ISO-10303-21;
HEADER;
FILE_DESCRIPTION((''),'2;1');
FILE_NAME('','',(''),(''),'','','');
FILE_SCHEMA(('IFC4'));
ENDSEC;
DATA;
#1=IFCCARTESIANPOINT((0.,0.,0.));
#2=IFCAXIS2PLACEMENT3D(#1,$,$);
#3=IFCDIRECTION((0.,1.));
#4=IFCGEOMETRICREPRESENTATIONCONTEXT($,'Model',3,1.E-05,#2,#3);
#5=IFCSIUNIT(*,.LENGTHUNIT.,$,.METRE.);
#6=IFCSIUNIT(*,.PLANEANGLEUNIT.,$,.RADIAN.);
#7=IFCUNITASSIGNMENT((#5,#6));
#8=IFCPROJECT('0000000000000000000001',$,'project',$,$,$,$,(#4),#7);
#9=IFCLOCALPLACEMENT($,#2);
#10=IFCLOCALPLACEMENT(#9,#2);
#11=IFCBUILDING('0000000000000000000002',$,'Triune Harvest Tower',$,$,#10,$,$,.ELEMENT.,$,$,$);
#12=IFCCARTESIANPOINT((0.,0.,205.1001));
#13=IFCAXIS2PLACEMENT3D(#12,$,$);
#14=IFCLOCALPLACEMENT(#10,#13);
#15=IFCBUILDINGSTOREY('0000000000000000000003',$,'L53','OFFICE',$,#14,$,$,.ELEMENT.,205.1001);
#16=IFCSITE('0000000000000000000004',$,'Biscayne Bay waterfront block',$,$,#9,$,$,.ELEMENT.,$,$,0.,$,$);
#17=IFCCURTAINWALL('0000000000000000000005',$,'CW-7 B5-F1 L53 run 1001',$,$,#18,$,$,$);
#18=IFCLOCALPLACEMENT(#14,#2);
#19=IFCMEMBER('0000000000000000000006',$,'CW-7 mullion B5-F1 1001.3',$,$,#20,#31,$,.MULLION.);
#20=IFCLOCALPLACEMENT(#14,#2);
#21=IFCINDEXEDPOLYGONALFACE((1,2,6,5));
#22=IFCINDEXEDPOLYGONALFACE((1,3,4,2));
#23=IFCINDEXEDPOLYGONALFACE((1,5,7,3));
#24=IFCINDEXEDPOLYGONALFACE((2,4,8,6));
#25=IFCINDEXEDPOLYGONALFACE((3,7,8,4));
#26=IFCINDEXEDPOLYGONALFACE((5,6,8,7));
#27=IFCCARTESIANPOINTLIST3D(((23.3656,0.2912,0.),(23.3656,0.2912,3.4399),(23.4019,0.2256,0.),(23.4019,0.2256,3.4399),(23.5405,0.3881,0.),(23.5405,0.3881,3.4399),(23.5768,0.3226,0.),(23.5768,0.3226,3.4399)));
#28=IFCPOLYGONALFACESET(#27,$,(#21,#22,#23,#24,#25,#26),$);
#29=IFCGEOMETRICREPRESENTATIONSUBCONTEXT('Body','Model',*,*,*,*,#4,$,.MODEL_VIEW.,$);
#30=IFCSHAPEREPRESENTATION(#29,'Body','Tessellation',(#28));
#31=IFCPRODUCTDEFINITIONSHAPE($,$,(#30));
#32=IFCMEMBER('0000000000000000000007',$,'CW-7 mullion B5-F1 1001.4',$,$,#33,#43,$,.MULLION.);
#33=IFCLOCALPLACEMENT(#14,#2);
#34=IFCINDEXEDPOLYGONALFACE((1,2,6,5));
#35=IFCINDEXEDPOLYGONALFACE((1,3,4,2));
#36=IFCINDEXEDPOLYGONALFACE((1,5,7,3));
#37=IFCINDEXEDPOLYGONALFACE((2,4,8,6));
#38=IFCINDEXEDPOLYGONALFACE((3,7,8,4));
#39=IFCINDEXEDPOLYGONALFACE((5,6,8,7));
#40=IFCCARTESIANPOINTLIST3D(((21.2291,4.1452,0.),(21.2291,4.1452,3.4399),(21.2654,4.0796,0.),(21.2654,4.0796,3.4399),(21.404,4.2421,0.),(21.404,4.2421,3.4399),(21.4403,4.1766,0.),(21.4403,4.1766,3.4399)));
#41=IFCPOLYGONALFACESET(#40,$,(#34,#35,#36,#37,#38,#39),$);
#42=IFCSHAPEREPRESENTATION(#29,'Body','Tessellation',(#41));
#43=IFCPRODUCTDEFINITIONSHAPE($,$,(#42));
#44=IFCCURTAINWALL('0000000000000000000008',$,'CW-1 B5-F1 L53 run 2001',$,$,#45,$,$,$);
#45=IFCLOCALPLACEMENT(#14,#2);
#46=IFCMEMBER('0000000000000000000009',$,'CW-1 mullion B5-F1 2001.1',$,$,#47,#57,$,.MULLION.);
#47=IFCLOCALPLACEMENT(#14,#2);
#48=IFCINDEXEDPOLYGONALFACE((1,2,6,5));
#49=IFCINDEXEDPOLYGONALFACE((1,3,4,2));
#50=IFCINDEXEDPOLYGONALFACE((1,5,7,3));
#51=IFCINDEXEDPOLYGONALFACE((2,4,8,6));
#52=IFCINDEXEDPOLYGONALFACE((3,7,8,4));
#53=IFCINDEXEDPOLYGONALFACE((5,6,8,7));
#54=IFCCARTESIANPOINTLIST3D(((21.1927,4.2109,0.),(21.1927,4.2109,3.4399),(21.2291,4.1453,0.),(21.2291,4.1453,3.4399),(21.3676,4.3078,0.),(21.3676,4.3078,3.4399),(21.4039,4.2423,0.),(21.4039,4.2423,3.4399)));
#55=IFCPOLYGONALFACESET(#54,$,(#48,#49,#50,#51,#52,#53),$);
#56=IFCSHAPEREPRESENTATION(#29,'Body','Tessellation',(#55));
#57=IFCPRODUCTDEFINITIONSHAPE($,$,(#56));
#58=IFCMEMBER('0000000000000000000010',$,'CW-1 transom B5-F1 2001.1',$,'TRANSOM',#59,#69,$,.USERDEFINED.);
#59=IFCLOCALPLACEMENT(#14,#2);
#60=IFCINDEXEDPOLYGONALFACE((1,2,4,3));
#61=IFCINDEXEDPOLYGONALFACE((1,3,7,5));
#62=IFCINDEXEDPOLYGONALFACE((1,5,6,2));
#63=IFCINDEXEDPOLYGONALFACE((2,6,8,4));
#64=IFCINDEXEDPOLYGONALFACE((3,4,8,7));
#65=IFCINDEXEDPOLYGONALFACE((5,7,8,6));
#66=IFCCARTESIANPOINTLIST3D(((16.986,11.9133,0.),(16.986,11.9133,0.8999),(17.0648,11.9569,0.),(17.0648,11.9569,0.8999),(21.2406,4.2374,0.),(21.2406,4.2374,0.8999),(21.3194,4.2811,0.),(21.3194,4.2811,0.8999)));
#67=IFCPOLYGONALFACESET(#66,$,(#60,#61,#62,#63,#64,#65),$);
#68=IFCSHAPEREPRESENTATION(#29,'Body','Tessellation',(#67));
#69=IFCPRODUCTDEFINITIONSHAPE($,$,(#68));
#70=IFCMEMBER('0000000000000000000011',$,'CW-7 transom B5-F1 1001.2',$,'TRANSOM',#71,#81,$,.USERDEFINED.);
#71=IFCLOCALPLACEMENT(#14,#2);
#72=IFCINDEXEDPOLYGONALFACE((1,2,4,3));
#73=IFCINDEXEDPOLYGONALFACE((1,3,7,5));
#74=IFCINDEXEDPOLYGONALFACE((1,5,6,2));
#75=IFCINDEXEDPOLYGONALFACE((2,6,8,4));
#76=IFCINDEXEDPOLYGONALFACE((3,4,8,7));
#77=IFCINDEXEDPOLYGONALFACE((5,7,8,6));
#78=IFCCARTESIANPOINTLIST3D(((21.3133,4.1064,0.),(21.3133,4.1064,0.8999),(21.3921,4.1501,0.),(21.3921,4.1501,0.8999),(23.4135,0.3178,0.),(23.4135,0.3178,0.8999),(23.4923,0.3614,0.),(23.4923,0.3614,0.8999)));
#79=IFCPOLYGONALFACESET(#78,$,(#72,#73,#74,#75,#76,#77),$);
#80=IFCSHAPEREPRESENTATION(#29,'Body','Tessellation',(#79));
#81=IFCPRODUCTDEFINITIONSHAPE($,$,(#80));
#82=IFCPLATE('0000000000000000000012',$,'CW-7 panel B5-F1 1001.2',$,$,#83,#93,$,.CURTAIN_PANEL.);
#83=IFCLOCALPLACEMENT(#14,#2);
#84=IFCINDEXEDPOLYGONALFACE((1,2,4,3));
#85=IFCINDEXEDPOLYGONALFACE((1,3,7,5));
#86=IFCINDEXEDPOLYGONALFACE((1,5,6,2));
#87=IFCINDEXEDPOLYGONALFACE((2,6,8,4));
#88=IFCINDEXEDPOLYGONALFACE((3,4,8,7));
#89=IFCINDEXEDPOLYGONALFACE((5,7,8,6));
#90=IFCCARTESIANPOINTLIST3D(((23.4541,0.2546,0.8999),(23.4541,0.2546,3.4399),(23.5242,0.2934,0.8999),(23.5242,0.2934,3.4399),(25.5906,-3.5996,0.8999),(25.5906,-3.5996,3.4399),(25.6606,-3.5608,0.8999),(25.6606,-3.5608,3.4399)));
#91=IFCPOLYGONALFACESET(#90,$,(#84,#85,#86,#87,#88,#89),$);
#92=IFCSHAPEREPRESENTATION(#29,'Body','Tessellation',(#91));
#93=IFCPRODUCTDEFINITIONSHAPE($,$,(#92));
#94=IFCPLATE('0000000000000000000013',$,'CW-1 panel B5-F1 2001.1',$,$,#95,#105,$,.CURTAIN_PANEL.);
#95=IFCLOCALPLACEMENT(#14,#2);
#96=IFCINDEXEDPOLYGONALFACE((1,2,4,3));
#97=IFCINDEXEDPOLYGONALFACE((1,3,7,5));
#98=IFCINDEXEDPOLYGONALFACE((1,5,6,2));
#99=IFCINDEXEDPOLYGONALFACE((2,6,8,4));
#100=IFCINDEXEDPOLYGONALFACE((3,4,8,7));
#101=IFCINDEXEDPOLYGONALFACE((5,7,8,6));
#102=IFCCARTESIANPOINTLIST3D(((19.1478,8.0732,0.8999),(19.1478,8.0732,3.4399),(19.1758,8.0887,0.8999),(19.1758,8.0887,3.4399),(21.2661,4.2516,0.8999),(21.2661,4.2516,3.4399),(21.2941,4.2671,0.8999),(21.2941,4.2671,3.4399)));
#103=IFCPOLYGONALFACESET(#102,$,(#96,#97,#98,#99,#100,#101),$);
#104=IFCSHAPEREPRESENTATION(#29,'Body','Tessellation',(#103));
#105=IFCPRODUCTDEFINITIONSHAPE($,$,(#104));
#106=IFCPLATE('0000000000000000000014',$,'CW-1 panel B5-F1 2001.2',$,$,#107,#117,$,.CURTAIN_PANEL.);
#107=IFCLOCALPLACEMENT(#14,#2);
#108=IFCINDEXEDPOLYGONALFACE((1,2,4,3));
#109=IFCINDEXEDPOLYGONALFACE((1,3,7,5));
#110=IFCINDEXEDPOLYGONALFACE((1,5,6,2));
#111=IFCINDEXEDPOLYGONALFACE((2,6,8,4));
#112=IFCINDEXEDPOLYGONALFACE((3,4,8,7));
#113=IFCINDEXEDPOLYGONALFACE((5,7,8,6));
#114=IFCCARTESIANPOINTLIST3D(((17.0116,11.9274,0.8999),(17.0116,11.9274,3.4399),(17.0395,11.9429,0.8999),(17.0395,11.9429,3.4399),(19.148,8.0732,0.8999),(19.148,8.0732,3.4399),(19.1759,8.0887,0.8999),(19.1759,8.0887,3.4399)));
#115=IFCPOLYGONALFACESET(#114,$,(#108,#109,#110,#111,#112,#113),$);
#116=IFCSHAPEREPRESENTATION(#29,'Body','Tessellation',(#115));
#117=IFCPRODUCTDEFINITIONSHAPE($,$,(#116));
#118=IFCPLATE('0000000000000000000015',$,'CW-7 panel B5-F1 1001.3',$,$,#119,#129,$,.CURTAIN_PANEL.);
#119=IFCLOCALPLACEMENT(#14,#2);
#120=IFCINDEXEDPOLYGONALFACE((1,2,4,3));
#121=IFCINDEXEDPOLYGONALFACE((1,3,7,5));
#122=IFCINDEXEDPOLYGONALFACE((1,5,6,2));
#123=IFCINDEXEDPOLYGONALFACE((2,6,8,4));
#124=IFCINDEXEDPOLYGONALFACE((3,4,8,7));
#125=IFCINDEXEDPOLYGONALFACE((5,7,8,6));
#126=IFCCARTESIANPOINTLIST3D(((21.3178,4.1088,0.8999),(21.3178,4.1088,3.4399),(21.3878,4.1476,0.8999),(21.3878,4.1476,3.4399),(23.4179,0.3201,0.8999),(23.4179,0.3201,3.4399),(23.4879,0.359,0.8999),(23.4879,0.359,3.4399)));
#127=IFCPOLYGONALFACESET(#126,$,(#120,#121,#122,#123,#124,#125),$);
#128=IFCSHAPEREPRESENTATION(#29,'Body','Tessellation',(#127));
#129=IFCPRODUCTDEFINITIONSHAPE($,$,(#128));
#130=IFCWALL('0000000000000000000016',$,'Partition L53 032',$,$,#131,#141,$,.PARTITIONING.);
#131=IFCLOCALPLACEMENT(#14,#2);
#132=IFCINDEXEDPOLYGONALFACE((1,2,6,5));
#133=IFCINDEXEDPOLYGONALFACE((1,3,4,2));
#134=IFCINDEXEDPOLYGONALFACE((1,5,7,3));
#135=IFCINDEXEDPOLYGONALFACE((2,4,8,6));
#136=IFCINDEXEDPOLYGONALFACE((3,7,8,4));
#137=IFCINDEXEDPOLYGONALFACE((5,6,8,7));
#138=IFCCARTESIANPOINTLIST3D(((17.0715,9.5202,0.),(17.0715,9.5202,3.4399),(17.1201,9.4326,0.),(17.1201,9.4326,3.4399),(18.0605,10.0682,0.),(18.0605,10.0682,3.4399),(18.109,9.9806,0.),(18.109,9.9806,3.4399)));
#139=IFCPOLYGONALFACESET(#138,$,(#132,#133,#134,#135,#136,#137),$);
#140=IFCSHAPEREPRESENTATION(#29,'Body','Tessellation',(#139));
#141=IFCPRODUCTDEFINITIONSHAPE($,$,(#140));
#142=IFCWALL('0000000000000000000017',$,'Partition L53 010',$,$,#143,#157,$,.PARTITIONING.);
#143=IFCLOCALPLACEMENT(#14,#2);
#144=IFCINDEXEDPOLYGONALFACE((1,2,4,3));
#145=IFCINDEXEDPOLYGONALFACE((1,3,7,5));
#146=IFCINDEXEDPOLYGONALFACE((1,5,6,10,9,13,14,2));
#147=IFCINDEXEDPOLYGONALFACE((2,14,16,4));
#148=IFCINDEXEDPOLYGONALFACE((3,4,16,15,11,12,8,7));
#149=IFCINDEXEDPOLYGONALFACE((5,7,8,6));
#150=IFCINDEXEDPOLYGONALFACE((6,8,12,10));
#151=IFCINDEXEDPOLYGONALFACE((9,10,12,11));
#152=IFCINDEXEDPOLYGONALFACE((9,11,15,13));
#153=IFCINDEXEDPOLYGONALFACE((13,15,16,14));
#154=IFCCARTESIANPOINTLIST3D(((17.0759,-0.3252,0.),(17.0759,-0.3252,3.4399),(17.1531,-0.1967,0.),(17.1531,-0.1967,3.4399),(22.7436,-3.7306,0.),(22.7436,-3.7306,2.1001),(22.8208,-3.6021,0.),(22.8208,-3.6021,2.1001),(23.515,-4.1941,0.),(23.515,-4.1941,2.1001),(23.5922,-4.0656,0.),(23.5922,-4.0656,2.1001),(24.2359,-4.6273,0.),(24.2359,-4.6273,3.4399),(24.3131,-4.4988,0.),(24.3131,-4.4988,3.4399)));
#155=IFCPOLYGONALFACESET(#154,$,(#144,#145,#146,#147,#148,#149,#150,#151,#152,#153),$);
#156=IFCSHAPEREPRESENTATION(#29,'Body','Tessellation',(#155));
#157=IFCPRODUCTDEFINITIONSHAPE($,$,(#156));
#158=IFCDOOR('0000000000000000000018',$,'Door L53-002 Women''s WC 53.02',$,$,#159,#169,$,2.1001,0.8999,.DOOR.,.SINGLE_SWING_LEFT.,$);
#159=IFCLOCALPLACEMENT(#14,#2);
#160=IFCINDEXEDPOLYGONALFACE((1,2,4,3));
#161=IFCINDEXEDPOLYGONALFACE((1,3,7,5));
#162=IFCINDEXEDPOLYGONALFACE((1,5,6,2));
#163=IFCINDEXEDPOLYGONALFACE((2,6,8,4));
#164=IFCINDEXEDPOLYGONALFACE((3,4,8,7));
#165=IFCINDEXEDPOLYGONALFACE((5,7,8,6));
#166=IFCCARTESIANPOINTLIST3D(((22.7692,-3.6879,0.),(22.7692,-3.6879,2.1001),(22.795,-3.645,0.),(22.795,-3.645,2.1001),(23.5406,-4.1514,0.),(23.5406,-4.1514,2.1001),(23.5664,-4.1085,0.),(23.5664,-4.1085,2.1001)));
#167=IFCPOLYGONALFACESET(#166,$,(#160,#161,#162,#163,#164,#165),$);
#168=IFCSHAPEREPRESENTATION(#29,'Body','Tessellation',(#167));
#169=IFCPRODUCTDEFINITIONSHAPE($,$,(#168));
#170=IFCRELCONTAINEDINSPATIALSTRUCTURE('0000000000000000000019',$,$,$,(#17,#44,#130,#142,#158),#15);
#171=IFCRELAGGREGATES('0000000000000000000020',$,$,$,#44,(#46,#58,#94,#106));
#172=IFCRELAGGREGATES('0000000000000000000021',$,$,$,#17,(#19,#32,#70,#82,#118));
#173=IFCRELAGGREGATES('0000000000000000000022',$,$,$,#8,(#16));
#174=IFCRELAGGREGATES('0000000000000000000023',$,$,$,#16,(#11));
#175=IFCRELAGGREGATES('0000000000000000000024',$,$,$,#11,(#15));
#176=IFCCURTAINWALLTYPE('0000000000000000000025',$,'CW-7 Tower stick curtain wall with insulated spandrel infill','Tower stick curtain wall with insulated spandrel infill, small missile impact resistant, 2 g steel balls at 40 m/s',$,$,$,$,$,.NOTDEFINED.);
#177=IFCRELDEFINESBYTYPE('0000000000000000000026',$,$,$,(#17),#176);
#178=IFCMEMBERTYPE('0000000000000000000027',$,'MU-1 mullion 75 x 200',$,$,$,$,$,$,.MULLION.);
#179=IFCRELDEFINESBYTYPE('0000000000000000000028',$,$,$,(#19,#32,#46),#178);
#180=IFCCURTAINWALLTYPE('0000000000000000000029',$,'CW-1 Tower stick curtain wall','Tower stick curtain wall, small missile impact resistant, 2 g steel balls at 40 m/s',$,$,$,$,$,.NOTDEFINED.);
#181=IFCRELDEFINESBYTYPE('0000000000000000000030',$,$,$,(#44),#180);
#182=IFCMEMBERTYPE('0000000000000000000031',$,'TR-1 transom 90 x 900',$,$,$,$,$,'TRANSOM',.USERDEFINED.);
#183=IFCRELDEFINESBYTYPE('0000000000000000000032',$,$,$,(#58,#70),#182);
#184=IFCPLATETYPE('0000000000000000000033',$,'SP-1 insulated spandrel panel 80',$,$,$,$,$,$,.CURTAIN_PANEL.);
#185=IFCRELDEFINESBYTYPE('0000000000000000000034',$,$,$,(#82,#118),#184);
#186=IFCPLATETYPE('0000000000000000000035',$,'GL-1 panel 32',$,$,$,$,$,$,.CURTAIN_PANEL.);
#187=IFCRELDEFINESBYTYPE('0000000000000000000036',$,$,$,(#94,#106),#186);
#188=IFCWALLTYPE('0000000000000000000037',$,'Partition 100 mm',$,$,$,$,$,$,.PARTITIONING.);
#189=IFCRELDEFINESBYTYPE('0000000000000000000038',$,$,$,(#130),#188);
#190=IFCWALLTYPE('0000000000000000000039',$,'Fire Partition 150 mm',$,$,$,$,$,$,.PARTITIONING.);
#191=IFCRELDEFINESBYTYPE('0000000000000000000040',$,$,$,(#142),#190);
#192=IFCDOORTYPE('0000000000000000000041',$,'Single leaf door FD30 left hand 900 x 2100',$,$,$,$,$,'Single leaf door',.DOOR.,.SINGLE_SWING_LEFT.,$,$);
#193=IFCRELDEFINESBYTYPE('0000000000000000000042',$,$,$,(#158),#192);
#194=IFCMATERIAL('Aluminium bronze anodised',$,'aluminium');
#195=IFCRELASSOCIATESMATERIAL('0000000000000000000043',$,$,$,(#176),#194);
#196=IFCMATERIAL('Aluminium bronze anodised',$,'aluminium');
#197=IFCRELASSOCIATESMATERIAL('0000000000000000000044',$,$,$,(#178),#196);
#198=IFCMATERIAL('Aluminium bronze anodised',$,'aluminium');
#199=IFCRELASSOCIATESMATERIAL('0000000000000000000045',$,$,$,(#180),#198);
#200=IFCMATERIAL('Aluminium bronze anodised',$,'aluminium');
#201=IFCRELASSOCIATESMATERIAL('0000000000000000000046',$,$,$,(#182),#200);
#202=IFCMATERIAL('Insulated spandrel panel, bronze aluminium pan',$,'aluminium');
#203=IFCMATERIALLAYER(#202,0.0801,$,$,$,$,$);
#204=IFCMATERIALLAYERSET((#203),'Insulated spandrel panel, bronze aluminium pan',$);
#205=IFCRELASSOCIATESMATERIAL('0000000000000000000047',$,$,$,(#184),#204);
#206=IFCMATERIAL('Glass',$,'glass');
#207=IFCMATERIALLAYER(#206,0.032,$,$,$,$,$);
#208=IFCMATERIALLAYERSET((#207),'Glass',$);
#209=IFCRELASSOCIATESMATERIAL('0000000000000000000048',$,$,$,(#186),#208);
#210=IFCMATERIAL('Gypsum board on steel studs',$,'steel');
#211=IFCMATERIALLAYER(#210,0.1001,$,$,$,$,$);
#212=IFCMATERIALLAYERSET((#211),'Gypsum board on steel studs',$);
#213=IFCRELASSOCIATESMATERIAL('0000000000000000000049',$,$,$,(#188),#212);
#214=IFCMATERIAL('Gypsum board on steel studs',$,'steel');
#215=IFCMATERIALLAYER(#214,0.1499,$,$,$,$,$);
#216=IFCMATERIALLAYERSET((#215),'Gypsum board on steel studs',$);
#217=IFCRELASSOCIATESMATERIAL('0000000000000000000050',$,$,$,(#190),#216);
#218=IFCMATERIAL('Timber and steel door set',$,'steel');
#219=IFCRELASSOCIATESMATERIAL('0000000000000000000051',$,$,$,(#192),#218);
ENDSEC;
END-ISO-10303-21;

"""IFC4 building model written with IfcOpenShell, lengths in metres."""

from ifc_helpers import new_model, si_unit, direction, frame, frame_2d, origin, origin_2d, place, context, subcontext, project, spatial, rectangle, extrude, source, transform, mapped, material, layer, layer_set, material_profile, profile_set, type_object, element, fill, aggregate, save


model = new_model("IFC4")

# Units and contexts
model_context = context("Model", 3, precision=1e-05, world=origin(), true_north=direction((0.0, 1.0)))
body_context = subcontext(model_context, "Body", "Model", "MODEL_VIEW")
ifc_project = project(units=[si_unit("LENGTHUNIT", "METRE"), si_unit("PLANEANGLEUNIT", "RADIAN")], contexts=[model_context])

# Site, building, storey
site_placement = place(None, origin())
site = spatial("IfcSite", under=ifc_project, at=site_placement, Name="Biscayne Bay waterfront block", CompositionType="ELEMENT", RefElevation=0.0)
building_placement = place(site_placement, origin())
building = spatial("IfcBuilding", under=site, at=building_placement, Name="Triune Harvest Tower", CompositionType="ELEMENT")
storey_placement = place(building_placement, frame((0.0, 0.0, 205.1001)))
storey = spatial("IfcBuildingStorey", under=building, at=storey_placement, Name="L53", Description="OFFICE", CompositionType="ELEMENT", Elevation=205.1001)

# Curtain walls, members
ifc_material_1 = material(Name="Aluminium bronze anodised", Category="aluminium")
curtain_wall_type_1 = type_object("IfcCurtainWallType", Name="CW-7 Tower stick curtain wall with insulated spandrel infill", Description="Tower stick curtain wall with insulated spandrel infill, small missile impact resistant, 2 g steel balls at 40 m/s", PredefinedType="NOTDEFINED", material=ifc_material_1)
curtain_wall_1_placement = place(storey_placement, origin())
curtain_wall_1 = element("IfcCurtainWall", 1, at=curtain_wall_1_placement, inside=storey, type_object=curtain_wall_type_1, Name="CW-7 B5-F1 L53 run 1001")
ifc_material_2 = material(Name="Aluminium bronze anodised", Category="aluminium")
ifc_material_profile_1 = material_profile(ifc_material_2, rectangle(XDim=0.2, YDim=0.075, at=origin_2d()), Name="MU-1 mullion 75 x 200")
ifc_profile_set_1 = profile_set([ifc_material_profile_1], Name="Aluminium bronze anodised")
member_type_1 = type_object("IfcMemberType", Name="MU-1 mullion 75 x 200", PredefinedType="MULLION", material=ifc_profile_set_1)
shared_shape_1 = source(origin(), body_context, "Body", "SweptSolid", [
    extrude(rectangle(XDim=0.2, YDim=0.075, at=origin_2d()), origin(), (0.0, 0.0, 1.0), 3.4399),
])
member_1_placement = place(storey_placement, frame((23.4712, 0.3069, 0.0), z_axis=(0.0, 0.0, 1.0), x_axis=(-0.874621, -0.484807, 0.0)))
member_1 = element("IfcMember", 2, at=member_1_placement, type_object=member_type_1, Name="CW-7 mullion B5-F1 1001.3", PredefinedType="MULLION", context=body_context, shape_type="MappedRepresentation", body=[
    mapped(shared_shape_1, transform((0.0, 0.0, 0.0), scale=1.0)),
])
member_2_placement = place(storey_placement, frame((21.3347, 4.1609, 0.0), z_axis=(0.0, 0.0, 1.0), x_axis=(-0.874621, -0.484807, 0.0)))
member_2 = element("IfcMember", 3, at=member_2_placement, type_object=member_type_1, Name="CW-7 mullion B5-F1 1001.4", PredefinedType="MULLION", context=body_context, shape_type="MappedRepresentation", body=[
    mapped(shared_shape_1, transform((0.0, 0.0, 0.0), scale=1.0)),
])
ifc_material_3 = material(Name="Aluminium bronze anodised", Category="aluminium")
curtain_wall_type_2 = type_object("IfcCurtainWallType", Name="CW-1 Tower stick curtain wall", Description="Tower stick curtain wall, small missile impact resistant, 2 g steel balls at 40 m/s", PredefinedType="NOTDEFINED", material=ifc_material_3)
curtain_wall_2_placement = place(storey_placement, origin())
curtain_wall_2 = element("IfcCurtainWall", 4, at=curtain_wall_2_placement, inside=storey, type_object=curtain_wall_type_2, Name="CW-1 B5-F1 L53 run 2001")
member_3_placement = place(storey_placement, frame((21.2983, 4.2266, 0.0), z_axis=(0.0, 0.0, 1.0), x_axis=(-0.87462, -0.484809, 0.0)))
member_3 = element("IfcMember", 5, at=member_3_placement, type_object=member_type_1, Name="CW-1 mullion B5-F1 2001.1", PredefinedType="MULLION", context=body_context, shape_type="MappedRepresentation", body=[
    mapped(shared_shape_1, transform((0.0, 0.0, 0.0), scale=1.0)),
])
ifc_material_4 = material(Name="Aluminium bronze anodised", Category="aluminium")
ifc_material_profile_2 = material_profile(ifc_material_4, rectangle(XDim=0.0901, YDim=0.8999, at=origin_2d()), Name="TR-1 transom 90 x 900")
ifc_profile_set_2 = profile_set([ifc_material_profile_2], Name="Aluminium bronze anodised")
member_type_2 = type_object("IfcMemberType", Name="TR-1 transom 90 x 900", ElementType="TRANSOM", PredefinedType="USERDEFINED", material=ifc_profile_set_2)
shared_shape_2 = source(origin(), body_context, "Body", "SweptSolid", [
    extrude(rectangle(XDim=0.0901, YDim=0.8999, at=origin_2d()), origin(), (0.0, 0.0, 1.0), 8.7761),
])
member_4_placement = place(storey_placement, frame((21.28, 4.2593, 0.45), z_axis=(-0.484799, 0.874625, 0.0), x_axis=(-0.874625, -0.484799, 0.0)))
member_4 = element("IfcMember", 6, at=member_4_placement, type_object=member_type_2, Name="CW-1 transom B5-F1 2001.1", ObjectType="TRANSOM", PredefinedType="USERDEFINED", context=body_context, shape_type="MappedRepresentation", body=[
    mapped(shared_shape_2, transform((0.0, 0.0, 0.0), scale=1.0)),
])

# Member
shared_shape_3 = source(origin(), body_context, "Body", "SweptSolid", [
    extrude(rectangle(XDim=0.0901, YDim=0.8999, at=origin_2d()), origin(), (0.0, 0.0, 1.0), 4.3318),
])
member_5_placement = place(storey_placement, frame((23.4529, 0.3396, 0.45), z_axis=(-0.48482, 0.874614, 0.0), x_axis=(-0.874614, -0.48482, 0.0)))
member_5 = element("IfcMember", 7, at=member_5_placement, type_object=member_type_2, Name="CW-7 transom B5-F1 1001.2", ObjectType="TRANSOM", PredefinedType="USERDEFINED", context=body_context, shape_type="MappedRepresentation", body=[
    mapped(shared_shape_3, transform((0.0, 0.0, 0.0), scale=1.0)),
])

# Plates
ifc_material_5 = material(Name="Insulated spandrel panel, bronze aluminium pan", Category="aluminium")
ifc_layer_1 = layer(ifc_material_5, 0.0801)
ifc_layer_set_1 = layer_set([ifc_layer_1], Name="Insulated spandrel panel, bronze aluminium pan")
plate_type_1 = type_object("IfcPlateType", Name="SP-1 insulated spandrel panel 80", PredefinedType="CURTAIN_PANEL", material=ifc_layer_set_1)
shared_shape_4 = source(origin(), body_context, "Body", "SweptSolid", [
    extrude(rectangle(XDim=4.4067, YDim=0.0801, at=origin_2d()), origin(), (0.0, 0.0, 1.0), 2.54),
])
plate_1_placement = place(storey_placement, frame((24.5574, -1.6531, 0.8999), z_axis=(0.0, 0.0, 1.0), x_axis=(-0.484807, 0.874621, 0.0)))
plate_1 = element("IfcPlate", 8, at=plate_1_placement, type_object=plate_type_1, Name="CW-7 panel B5-F1 1001.2", PredefinedType="CURTAIN_PANEL", context=body_context, shape_type="MappedRepresentation", body=[
    mapped(shared_shape_4, transform((0.0, 0.0, 0.0), scale=1.0)),
])
ifc_material_6 = material(Name="Glass", Category="glass")
ifc_layer_2 = layer(ifc_material_6, 0.032)
ifc_layer_set_2 = layer_set([ifc_layer_2], Name="Glass")
plate_type_2 = type_object("IfcPlateType", Name="GL-1 panel 32", PredefinedType="CURTAIN_PANEL", material=ifc_layer_set_2)
shared_shape_5 = source(origin(), body_context, "Body", "SweptSolid", [
    extrude(rectangle(XDim=4.3694, YDim=0.032, at=origin_2d()), origin(), (0.0, 0.0, 1.0), 2.54),
])
plate_2_placement = place(storey_placement, frame((20.2209, 6.1702, 0.8999), z_axis=(0.0, 0.0, 1.0), x_axis=(-0.484809, 0.87462, 0.0)))
plate_2 = element("IfcPlate", 9, at=plate_2_placement, type_object=plate_type_2, Name="CW-1 panel B5-F1 2001.1", PredefinedType="CURTAIN_PANEL", context=body_context, shape_type="MappedRepresentation", body=[
    mapped(shared_shape_5, transform((0.0, 0.0, 0.0), scale=1.0)),
])
shared_shape_6 = source(origin(), body_context, "Body", "SweptSolid", [
    extrude(rectangle(XDim=4.4067, YDim=0.032, at=origin_2d()), origin(), (0.0, 0.0, 1.0), 2.54),
])
plate_3_placement = place(storey_placement, frame((18.0938, 10.0081, 0.8999), z_axis=(0.0, 0.0, 1.0), x_axis=(-0.484809, 0.87462, 0.0)))
plate_3 = element("IfcPlate", 10, at=plate_3_placement, type_object=plate_type_2, Name="CW-1 panel B5-F1 2001.2", PredefinedType="CURTAIN_PANEL", context=body_context, shape_type="MappedRepresentation", body=[
    mapped(shared_shape_6, transform((0.0, 0.0, 0.0), scale=1.0)),
])
aggregate(curtain_wall_2, [member_3, member_4, plate_2, plate_3])
shared_shape_7 = source(origin(), body_context, "Body", "SweptSolid", [
    extrude(rectangle(XDim=4.3318, YDim=0.0801, at=origin_2d()), origin(), (0.0, 0.0, 1.0), 2.54),
])
plate_4_placement = place(storey_placement, frame((22.4028, 2.2339, 0.8999), z_axis=(0.0, 0.0, 1.0), x_axis=(-0.484807, 0.874621, 0.0)))
plate_4 = element("IfcPlate", 11, at=plate_4_placement, type_object=plate_type_1, Name="CW-7 panel B5-F1 1001.3", PredefinedType="CURTAIN_PANEL", context=body_context, shape_type="MappedRepresentation", body=[
    mapped(shared_shape_7, transform((0.0, 0.0, 0.0), scale=1.0)),
])
aggregate(curtain_wall_1, [member_1, member_2, member_5, plate_1, plate_4])

# Wall
ifc_material_7 = material(Name="Gypsum board on steel studs", Category="steel")
ifc_layer_3 = layer(ifc_material_7, 0.1001)
ifc_layer_set_3 = layer_set([ifc_layer_3], Name="Gypsum board on steel studs")
wall_type_1 = type_object("IfcWallType", Name="Partition 100 mm", PredefinedType="PARTITIONING", material=ifc_layer_set_3)
shared_shape_8 = source(origin(), body_context, "Body", "SweptSolid", [
    extrude(rectangle(XDim=1.1306, YDim=0.1001, at=frame_2d((0.5654, 0.0))), origin(), (0.0, 0.0, 1.0), 3.4399),
])
wall_1_placement = place(storey_placement, frame((17.0957, 9.4763, 0.0), z_axis=(0.0, 0.0, 1.0), x_axis=(0.874666, 0.484726, 0.0)))
element("IfcWall", 12, at=wall_1_placement, inside=storey, type_object=wall_type_1, Name="Partition L53 032", PredefinedType="PARTITIONING", context=body_context, shape_type="MappedRepresentation", body=[
    mapped(shared_shape_8, transform((0.0, 0.0, 0.0), scale=1.0)),
])

# Wall, opening, door
ifc_material_8 = material(Name="Gypsum board on steel studs", Category="steel")
ifc_layer_4 = layer(ifc_material_8, 0.1499)
ifc_layer_set_4 = layer_set([ifc_layer_4], Name="Gypsum board on steel studs")
wall_type_2 = type_object("IfcWallType", Name="Fire Partition 150 mm", PredefinedType="PARTITIONING", material=ifc_layer_set_4)
shared_shape_9 = source(origin(), body_context, "Body", "SweptSolid", [
    extrude(rectangle(XDim=8.353, YDim=0.1499, at=frame_2d((4.1765, 0.0))), origin(), (0.0, 0.0, 1.0), 3.4399),
])
wall_2_placement = place(storey_placement, frame((17.1145, -0.261, 0.0), z_axis=(0.0, 0.0, 1.0), x_axis=(0.857173, -0.515029, 0.0)))
wall_2 = element("IfcWall", 13, at=wall_2_placement, inside=storey, type_object=wall_type_2, Name="Partition L53 010", PredefinedType="PARTITIONING", context=body_context, shape_type="MappedRepresentation", body=[
    mapped(shared_shape_9, transform((0.0, 0.0, 0.0), scale=1.0)),
])
opening_placement = place(wall_2_placement, frame((6.6121, 0.0, 0.0)))
opening = element("IfcOpeningElement", 14, at=opening_placement, cuts=wall_2, PredefinedType="OPENING", context=body_context, shape_type="SweptSolid", body=[
    extrude(rectangle(XDim=0.8999, YDim=2.1001, at=frame_2d((0.45, 1.05))), frame((0.0, 0.085, 0.0), z_axis=(0.0, -1.0, 0.0), x_axis=(1.0, 0.0, 0.0)), (0.0, 0.0, 1.0), 0.1699),
])
ifc_material_9 = material(Name="Timber and steel door set", Category="steel")
door_type = type_object("IfcDoorType", Name="Single leaf door FD30 left hand 900 x 2100", ElementType="Single leaf door", OperationType="SINGLE_SWING_LEFT", PredefinedType="DOOR", material=ifc_material_9)
door_placement = place(opening_placement, origin())
door = element("IfcDoor", 15, at=door_placement, inside=storey, type_object=door_type, Name="Door L53-002 Women's WC 53.02", OperationType="SINGLE_SWING_LEFT", OverallHeight=2.1001, OverallWidth=0.8999, PredefinedType="DOOR", context=body_context, shape_type="SweptSolid", body=[
    extrude(rectangle(XDim=0.8999, YDim=2.1001, at=frame_2d((0.45, 1.05))), frame((0.0, 0.0249, 0.0), z_axis=(0.0, -1.0, 0.0), x_axis=(1.0, 0.0, 0.0)), (0.0, 0.0, 1.0), 0.05),
])
fill(opening, door)

save(model, "model.ifc")
